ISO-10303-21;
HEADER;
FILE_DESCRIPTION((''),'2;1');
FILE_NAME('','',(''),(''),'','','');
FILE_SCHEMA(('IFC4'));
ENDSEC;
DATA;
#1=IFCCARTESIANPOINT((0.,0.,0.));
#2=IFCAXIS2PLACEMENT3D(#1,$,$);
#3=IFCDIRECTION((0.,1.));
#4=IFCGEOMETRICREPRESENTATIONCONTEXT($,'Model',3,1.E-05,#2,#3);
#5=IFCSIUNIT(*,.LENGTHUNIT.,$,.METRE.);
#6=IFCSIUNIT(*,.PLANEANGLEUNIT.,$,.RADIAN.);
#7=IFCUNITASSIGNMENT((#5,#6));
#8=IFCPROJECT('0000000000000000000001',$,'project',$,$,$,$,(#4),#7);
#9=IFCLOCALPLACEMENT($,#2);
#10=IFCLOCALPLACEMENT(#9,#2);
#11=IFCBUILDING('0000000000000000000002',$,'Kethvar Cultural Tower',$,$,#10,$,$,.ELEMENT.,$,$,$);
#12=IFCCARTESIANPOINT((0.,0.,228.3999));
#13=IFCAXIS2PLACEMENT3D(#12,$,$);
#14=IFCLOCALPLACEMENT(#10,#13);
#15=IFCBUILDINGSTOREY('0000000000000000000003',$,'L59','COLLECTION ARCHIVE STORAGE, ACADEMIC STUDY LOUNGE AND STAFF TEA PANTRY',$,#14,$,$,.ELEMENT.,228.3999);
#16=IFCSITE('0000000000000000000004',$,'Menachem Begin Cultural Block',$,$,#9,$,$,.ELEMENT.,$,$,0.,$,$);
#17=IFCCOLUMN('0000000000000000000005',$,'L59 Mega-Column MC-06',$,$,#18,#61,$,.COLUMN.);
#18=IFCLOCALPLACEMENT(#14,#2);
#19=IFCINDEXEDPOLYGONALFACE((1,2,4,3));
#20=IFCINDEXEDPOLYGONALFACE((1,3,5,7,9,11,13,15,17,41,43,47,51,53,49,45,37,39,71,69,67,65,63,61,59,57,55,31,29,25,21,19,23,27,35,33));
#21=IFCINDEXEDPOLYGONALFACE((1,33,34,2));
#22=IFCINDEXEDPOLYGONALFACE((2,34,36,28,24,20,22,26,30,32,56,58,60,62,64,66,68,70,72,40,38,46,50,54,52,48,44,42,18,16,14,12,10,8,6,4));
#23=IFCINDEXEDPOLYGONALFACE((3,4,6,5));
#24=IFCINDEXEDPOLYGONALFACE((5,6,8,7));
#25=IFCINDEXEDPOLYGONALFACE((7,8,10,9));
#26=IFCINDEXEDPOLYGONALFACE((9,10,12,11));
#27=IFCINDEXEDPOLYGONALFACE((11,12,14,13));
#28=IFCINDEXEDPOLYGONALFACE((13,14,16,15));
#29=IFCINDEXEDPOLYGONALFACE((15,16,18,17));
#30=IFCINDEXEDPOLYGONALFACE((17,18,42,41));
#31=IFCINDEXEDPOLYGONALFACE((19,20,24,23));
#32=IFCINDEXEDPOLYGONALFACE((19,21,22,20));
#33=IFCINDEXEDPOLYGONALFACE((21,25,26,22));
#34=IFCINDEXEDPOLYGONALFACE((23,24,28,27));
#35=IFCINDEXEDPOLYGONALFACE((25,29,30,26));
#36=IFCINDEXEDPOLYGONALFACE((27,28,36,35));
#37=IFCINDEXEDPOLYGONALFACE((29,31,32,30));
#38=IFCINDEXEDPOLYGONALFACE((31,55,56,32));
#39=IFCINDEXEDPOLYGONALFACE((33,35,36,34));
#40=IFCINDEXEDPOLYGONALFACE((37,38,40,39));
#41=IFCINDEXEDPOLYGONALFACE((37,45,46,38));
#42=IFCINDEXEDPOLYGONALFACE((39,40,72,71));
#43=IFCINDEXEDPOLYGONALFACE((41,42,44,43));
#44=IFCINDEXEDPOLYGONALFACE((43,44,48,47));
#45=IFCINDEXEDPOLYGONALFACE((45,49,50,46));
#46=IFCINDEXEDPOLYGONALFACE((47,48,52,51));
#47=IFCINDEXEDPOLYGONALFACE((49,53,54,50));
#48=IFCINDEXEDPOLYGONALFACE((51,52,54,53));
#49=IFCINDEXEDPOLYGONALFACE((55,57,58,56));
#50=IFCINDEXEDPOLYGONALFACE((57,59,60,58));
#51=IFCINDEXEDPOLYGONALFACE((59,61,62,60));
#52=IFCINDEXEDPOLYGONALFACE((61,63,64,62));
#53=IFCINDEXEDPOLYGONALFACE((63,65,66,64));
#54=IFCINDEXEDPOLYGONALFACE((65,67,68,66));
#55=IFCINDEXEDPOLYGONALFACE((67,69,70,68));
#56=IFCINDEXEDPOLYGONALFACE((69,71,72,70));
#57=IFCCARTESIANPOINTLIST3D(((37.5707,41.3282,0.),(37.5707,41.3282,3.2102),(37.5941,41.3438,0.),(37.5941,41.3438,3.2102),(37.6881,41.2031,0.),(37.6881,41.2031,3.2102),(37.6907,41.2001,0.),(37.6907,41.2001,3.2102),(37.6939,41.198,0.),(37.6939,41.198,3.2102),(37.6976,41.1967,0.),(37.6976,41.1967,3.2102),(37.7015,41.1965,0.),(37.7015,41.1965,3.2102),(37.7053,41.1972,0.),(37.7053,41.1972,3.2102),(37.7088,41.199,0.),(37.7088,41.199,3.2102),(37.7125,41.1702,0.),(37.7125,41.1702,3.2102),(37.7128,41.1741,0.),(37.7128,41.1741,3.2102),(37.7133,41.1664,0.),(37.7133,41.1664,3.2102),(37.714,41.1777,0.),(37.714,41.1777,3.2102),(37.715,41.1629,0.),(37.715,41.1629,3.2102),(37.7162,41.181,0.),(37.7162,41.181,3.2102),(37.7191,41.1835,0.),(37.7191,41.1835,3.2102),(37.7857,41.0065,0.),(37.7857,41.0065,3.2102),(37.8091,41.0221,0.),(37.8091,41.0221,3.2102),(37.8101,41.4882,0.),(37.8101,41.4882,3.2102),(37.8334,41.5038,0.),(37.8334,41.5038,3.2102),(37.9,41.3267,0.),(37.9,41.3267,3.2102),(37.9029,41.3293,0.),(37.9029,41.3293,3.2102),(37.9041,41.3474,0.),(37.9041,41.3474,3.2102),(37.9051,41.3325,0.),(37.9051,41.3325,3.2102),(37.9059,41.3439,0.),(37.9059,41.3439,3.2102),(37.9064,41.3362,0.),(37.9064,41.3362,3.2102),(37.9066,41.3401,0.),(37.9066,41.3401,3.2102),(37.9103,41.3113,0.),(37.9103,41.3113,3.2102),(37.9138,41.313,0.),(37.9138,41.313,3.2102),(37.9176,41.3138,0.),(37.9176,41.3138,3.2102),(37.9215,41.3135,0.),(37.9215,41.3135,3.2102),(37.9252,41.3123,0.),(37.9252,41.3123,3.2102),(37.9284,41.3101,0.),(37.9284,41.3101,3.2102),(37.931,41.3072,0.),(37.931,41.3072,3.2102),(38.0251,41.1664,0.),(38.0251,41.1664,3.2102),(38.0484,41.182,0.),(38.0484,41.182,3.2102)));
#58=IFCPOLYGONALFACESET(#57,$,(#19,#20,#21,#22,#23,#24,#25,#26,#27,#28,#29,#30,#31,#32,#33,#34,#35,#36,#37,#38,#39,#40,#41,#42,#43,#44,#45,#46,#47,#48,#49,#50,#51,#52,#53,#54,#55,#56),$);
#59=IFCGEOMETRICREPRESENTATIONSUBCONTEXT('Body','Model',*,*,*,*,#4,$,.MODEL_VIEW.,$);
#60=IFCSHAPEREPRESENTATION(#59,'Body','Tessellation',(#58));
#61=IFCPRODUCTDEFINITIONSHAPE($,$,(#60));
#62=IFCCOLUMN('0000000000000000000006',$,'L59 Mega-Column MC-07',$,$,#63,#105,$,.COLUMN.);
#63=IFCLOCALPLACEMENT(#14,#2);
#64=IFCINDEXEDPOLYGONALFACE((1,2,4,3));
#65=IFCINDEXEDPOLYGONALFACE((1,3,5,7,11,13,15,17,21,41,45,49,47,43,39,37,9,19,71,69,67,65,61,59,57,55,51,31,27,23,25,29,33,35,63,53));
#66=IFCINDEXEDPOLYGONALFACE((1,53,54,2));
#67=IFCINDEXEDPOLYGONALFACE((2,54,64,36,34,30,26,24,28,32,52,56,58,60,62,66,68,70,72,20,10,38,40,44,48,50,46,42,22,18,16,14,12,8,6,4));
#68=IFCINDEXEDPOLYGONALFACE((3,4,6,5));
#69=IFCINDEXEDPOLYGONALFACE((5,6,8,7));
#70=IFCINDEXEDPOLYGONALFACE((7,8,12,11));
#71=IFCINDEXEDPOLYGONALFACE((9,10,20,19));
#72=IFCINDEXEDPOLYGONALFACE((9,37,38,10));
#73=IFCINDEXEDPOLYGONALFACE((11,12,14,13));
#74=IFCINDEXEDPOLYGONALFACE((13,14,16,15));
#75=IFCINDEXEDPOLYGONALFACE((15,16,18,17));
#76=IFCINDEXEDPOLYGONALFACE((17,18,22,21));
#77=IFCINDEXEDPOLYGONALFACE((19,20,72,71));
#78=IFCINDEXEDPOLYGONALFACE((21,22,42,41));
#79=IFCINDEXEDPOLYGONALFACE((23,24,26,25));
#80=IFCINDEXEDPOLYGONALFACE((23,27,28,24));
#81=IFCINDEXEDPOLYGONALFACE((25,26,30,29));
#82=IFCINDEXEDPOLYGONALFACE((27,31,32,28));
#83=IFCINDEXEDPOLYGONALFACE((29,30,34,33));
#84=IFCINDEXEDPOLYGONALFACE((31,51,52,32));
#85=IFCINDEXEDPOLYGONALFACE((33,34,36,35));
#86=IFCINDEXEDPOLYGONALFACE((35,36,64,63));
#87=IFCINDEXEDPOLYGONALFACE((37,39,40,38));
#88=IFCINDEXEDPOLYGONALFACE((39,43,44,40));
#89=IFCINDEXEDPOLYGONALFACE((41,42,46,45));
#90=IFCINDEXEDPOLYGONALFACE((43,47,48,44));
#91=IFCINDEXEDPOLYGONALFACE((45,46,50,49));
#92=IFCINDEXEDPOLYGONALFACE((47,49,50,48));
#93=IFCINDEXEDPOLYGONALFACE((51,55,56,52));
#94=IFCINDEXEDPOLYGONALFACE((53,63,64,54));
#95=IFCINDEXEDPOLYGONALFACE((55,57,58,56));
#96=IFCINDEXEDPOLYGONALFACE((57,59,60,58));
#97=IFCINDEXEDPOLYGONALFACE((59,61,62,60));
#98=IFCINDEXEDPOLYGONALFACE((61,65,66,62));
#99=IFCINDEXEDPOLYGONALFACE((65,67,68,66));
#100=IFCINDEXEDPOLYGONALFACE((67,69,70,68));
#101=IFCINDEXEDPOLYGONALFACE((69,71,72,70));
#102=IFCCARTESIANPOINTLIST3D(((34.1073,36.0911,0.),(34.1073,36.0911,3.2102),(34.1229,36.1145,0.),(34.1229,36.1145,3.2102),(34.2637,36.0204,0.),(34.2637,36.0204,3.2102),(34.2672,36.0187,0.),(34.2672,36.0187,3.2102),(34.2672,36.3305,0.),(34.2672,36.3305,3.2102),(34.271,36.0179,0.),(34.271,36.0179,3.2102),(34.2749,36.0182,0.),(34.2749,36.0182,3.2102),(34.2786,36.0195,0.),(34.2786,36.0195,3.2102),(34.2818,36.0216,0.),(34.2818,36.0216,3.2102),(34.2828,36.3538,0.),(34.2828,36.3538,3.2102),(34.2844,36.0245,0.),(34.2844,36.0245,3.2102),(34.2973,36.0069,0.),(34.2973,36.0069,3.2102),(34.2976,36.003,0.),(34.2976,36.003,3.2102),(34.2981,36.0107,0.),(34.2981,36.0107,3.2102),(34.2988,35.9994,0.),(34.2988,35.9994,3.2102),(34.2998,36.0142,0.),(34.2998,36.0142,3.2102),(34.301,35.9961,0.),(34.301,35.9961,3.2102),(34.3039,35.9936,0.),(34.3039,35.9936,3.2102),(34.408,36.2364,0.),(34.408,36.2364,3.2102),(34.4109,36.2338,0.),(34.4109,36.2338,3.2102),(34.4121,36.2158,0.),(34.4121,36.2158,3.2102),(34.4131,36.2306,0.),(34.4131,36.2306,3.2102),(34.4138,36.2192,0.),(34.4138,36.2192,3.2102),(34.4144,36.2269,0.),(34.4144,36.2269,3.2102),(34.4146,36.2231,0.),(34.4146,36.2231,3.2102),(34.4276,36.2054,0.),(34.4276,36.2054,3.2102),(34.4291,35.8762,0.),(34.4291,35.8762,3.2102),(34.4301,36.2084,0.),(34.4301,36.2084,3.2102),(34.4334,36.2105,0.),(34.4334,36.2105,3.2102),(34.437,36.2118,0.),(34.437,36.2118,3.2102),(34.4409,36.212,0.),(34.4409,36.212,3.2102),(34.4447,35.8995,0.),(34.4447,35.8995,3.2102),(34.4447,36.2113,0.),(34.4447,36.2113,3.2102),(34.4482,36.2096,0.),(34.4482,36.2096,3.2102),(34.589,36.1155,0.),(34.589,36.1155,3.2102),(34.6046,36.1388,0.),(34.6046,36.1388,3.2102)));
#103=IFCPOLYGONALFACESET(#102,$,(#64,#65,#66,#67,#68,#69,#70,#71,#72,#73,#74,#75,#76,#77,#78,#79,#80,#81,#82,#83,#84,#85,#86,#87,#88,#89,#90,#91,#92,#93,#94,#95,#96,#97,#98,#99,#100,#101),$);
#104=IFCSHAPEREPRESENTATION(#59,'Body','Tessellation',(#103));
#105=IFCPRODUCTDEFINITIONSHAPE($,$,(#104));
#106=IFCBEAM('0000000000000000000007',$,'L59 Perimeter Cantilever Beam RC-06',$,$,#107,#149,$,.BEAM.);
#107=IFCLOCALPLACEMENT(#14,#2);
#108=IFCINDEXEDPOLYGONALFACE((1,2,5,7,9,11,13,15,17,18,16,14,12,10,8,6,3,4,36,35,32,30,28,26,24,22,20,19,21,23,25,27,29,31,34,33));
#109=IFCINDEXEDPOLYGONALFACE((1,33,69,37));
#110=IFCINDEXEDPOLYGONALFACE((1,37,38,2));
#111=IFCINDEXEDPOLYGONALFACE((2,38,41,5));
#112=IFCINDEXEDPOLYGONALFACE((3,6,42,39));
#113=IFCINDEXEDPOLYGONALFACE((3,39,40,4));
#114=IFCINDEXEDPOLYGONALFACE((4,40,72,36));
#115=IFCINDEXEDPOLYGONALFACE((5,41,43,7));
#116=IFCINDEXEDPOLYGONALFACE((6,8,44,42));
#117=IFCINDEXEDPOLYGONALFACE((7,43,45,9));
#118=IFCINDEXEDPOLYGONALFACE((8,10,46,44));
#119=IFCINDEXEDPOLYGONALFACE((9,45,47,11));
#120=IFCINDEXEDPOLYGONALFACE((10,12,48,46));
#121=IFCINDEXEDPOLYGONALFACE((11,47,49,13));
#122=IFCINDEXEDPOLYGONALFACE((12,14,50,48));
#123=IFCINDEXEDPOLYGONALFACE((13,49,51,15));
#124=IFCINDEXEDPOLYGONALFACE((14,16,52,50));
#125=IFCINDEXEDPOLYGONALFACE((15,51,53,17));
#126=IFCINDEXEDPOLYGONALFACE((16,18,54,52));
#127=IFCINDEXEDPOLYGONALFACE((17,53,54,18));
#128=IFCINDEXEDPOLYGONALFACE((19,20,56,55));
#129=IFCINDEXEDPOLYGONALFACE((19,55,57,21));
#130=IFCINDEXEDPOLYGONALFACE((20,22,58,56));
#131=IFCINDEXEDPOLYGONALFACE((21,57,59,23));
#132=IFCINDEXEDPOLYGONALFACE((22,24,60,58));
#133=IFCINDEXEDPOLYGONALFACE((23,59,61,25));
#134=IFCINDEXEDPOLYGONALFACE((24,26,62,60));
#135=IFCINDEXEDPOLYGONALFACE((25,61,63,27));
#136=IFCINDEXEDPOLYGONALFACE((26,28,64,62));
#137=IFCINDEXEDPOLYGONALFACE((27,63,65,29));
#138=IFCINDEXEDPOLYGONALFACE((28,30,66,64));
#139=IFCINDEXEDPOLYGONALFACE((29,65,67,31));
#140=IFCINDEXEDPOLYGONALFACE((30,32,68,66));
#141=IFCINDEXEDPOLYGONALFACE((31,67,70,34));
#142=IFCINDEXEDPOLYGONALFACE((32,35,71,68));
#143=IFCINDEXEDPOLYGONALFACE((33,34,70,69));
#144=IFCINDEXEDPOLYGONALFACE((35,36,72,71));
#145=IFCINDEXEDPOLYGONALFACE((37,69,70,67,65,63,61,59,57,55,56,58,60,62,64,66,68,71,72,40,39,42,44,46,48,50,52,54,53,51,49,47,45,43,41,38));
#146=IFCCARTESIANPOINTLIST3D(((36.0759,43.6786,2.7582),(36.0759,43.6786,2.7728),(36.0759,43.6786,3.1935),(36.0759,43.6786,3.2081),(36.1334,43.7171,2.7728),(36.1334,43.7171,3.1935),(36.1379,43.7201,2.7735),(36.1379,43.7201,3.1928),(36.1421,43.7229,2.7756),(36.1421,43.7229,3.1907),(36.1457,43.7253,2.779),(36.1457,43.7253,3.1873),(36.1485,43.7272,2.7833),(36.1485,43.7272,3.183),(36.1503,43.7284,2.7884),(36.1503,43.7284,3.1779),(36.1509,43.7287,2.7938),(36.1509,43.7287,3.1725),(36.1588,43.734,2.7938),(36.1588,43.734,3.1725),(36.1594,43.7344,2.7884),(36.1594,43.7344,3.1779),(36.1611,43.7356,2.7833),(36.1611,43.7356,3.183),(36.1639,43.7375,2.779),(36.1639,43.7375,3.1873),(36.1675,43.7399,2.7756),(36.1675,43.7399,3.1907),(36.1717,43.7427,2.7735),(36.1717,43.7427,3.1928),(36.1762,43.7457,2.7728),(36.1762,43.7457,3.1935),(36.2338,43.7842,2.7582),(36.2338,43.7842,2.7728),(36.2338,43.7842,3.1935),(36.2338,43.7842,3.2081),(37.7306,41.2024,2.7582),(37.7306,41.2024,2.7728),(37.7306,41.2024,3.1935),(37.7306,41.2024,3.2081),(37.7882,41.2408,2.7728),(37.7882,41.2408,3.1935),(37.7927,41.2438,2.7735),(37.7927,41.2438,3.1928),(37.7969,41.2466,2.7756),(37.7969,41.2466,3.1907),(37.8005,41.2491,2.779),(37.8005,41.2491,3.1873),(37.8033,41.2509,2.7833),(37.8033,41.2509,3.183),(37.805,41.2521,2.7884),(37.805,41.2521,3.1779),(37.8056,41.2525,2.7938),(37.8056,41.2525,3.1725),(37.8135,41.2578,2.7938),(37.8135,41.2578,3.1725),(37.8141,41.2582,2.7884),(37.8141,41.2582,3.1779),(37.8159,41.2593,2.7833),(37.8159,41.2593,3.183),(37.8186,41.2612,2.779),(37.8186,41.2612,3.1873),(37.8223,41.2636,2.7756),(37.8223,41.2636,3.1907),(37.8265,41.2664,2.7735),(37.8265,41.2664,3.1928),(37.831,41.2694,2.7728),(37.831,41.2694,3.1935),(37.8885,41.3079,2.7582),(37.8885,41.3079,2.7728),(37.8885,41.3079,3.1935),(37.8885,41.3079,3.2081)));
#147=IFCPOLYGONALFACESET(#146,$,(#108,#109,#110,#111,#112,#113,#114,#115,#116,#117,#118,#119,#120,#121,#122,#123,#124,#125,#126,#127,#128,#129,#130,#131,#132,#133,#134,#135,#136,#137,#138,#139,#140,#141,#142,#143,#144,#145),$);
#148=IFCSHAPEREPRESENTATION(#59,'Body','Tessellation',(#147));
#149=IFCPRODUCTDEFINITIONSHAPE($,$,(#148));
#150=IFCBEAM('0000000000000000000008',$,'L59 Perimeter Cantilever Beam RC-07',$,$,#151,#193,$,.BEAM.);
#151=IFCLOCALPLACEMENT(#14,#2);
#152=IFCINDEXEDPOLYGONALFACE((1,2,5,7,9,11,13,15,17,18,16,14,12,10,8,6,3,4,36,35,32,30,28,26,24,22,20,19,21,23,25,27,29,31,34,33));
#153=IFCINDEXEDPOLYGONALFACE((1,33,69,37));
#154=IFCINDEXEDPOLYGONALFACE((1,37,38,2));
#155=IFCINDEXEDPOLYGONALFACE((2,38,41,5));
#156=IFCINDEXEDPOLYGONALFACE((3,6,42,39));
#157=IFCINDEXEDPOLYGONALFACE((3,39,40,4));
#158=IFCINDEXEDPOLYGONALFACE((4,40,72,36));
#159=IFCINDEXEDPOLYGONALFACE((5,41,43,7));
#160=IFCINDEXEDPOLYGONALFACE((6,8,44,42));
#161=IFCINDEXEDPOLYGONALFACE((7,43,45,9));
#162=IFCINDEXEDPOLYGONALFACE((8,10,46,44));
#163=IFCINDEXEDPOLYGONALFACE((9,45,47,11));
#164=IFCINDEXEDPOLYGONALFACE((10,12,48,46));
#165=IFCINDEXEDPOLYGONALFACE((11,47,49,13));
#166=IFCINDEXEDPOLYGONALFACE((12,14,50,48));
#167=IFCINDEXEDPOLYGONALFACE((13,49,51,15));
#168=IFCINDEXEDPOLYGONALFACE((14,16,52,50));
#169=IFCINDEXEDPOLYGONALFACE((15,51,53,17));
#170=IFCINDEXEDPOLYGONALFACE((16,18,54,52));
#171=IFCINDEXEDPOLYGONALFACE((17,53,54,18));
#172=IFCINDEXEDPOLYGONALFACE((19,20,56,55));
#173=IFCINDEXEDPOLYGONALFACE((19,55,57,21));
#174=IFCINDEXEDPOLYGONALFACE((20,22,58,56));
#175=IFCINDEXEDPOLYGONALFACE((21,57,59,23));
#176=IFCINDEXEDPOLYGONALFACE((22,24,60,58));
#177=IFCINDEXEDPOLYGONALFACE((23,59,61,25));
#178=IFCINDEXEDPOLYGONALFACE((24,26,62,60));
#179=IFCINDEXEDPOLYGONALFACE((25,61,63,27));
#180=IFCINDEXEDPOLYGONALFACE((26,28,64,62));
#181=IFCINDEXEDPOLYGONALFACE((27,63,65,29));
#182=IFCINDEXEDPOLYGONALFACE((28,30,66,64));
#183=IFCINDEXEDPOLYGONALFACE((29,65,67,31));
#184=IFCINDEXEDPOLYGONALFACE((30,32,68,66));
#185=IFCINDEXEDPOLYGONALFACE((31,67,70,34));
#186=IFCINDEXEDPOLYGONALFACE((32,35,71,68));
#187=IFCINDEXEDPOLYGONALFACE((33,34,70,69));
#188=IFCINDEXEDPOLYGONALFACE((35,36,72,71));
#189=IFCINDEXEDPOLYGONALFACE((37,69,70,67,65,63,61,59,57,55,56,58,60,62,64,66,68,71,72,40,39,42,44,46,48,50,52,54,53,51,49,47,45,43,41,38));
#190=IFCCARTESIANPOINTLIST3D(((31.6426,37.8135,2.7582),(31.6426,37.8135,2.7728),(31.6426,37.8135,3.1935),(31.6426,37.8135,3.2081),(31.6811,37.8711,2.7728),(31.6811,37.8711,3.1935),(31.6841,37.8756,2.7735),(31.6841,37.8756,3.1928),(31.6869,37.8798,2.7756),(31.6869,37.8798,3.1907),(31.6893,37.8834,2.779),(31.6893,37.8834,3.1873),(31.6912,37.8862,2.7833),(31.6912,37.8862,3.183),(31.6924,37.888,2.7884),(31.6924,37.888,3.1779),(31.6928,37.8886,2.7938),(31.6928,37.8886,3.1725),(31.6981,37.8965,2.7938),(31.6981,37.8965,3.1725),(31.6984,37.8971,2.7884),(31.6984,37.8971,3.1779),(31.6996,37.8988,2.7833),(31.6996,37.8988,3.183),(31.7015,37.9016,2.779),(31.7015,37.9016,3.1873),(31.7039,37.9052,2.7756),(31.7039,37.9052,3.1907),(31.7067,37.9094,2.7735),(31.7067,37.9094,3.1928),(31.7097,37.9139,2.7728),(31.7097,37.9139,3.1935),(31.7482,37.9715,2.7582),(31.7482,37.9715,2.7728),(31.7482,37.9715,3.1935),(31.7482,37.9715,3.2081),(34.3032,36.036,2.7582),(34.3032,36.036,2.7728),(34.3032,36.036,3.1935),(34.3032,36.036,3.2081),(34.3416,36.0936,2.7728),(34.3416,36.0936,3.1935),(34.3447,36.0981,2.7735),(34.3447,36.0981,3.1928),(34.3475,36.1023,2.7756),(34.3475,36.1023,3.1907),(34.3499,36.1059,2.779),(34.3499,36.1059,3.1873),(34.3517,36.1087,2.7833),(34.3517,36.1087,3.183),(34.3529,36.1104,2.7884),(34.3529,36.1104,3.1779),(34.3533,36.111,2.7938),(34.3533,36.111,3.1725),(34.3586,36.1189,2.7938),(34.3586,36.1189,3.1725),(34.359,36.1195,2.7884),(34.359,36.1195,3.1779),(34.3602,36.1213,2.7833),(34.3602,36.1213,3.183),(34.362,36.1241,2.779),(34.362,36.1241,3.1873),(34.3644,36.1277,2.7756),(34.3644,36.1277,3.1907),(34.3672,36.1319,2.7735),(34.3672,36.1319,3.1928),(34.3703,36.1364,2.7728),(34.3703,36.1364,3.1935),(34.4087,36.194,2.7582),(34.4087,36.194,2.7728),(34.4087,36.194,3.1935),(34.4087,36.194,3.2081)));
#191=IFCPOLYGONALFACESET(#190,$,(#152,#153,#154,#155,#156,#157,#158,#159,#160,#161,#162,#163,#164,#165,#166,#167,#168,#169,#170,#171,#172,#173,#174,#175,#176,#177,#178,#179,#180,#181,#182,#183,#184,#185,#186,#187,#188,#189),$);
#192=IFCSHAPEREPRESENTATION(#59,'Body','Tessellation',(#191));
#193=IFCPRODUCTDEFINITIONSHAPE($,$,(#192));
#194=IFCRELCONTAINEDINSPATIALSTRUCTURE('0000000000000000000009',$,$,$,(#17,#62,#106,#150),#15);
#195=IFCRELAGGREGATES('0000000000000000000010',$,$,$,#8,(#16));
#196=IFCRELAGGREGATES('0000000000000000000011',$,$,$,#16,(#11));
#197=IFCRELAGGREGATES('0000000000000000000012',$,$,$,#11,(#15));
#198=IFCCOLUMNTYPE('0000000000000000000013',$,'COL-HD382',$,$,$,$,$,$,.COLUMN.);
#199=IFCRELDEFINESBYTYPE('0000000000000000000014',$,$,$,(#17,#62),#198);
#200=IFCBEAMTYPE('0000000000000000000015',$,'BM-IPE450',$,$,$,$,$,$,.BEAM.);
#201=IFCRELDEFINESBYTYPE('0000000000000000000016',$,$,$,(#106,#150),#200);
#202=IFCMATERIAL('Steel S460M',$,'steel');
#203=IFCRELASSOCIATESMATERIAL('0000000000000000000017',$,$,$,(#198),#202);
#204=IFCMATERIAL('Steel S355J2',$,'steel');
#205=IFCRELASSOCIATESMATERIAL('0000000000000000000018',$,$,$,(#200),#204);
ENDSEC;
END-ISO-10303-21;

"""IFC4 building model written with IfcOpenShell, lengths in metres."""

from ifc_helpers import new_model, si_unit, direction, frame, origin, origin_2d, place, context, subcontext, project, spatial, i_section, extrude, source, transform, mapped, material, material_profile, profile_set, type_object, element, save


model = new_model("IFC4")

# Units and contexts
model_context = context("Model", 3, precision=1e-05, world=origin(), true_north=direction((0.0, 1.0)))
body_context = subcontext(model_context, "Body", "Model", "MODEL_VIEW")
ifc_project = project(units=[si_unit("LENGTHUNIT", "METRE"), si_unit("PLANEANGLEUNIT", "RADIAN")], contexts=[model_context])

# Site, building, storey
site_placement = place(None, origin())
site = spatial("IfcSite", under=ifc_project, at=site_placement, Name="Menachem Begin Cultural Block", CompositionType="ELEMENT", RefElevation=0.0)
building_placement = place(site_placement, origin())
building = spatial("IfcBuilding", under=site, at=building_placement, Name="Kethvar Cultural Tower", CompositionType="ELEMENT")
storey_placement = place(building_placement, frame((0.0, 0.0, 228.3999)))
storey = spatial("IfcBuildingStorey", under=building, at=storey_placement, Name="L59", Description="COLLECTION ARCHIVE STORAGE, ACADEMIC STUDY LOUNGE AND STAFF TEA PANTRY", CompositionType="ELEMENT", Elevation=228.3999)

# Columns
ifc_material_1 = material(Name="Steel S460M", Category="steel")
ifc_material_profile_1 = material_profile(ifc_material_1, i_section(OverallWidth=0.387, OverallDepth=0.3159, WebThickness=0.0186, FlangeThickness=0.0281, FilletRadius=0.0149, at=origin_2d()), Name="Steel S460M — HD400x382")
ifc_profile_set_1 = profile_set([ifc_material_profile_1], Name="Steel S460M — HD400x382")
column_type = type_object("IfcColumnType", Name="COL-HD382", PredefinedType="COLUMN", material=ifc_profile_set_1)
shared_shape_1 = source(origin(), body_context, "Body", "SweptSolid", [
    extrude(i_section(OverallWidth=0.387, OverallDepth=0.3159, WebThickness=0.0186, FlangeThickness=0.0281, FilletRadius=0.0149, at=origin_2d()), origin(), (0.0, 0.0, 1.0), 3.2102),
])
for number, where, z_axis, x_axis, name in (
    (1, (37.8096, 41.2551, 0.0), (0.0, 0.0, 1.0), (-0.55557, 0.83147, 0.0), "L59 Mega-Column MC-06"),
    (2, (34.356, 36.115, 0.0), (0.0, 0.0, 1.0), (-0.83147, 0.55557, 0.0), "L59 Mega-Column MC-07"),
):
    element("IfcColumn", number, at=place(storey_placement, frame(where, z_axis=z_axis, x_axis=x_axis)), inside=storey, type_object=column_type, Name=name, PredefinedType="COLUMN", context=body_context, shape_type="MappedRepresentation", body=[
        mapped(shared_shape_1, transform((0.0, 0.0, 0.0), scale=1.0)),
    ])

# Beams
ifc_material_2 = material(Name="Steel S355J2", Category="steel")
ifc_material_profile_2 = material_profile(ifc_material_2, i_section(OverallWidth=0.1899, OverallDepth=0.45, WebThickness=0.0095, FlangeThickness=0.0146, FilletRadius=0.021, at=origin_2d()), Name="Steel S355J2 — IPE450")
ifc_profile_set_2 = profile_set([ifc_material_profile_2], Name="Steel S355J2 — IPE450")
beam_type_1 = type_object("IfcBeamType", Name="BM-IPE450", PredefinedType="BEAM", material=ifc_profile_set_2)
shared_shape_2 = source(origin(), body_context, "Body", "SweptSolid", [
    extrude(i_section(OverallWidth=0.1899, OverallDepth=0.45, WebThickness=0.0095, FlangeThickness=0.0146, FilletRadius=0.021, at=origin_2d()), origin(), (0.0, 0.0, 1.0), 2.9783),
])
beam_1_placement = place(storey_placement, frame((37.8096, 41.2551, 2.9832), z_axis=(-0.555608, 0.831444, 0.0), x_axis=(-0.831444, -0.555608, 0.0)))
element("IfcBeam", 3, at=beam_1_placement, inside=storey, type_object=beam_type_1, Name="L59 Perimeter Cantilever Beam RC-06", PredefinedType="BEAM", context=body_context, shape_type="MappedRepresentation", body=[
    mapped(shared_shape_2, transform((0.0, 0.0, 0.0), scale=1.0)),
])
shared_shape_3 = source(origin(), body_context, "Body", "SweptSolid", [
    extrude(i_section(OverallWidth=0.1899, OverallDepth=0.45, WebThickness=0.0095, FlangeThickness=0.0146, FilletRadius=0.021, at=origin_2d()), origin(), (0.0, 0.0, 1.0), 3.1997),
])
beam_2_placement = place(storey_placement, frame((34.356, 36.115, 2.9832), z_axis=(-0.831498, 0.555527, 0.0), x_axis=(-0.555527, -0.831498, 0.0)))
element("IfcBeam", 4, at=beam_2_placement, inside=storey, type_object=beam_type_1, Name="L59 Perimeter Cantilever Beam RC-07", PredefinedType="BEAM", context=body_context, shape_type="MappedRepresentation", body=[
    mapped(shared_shape_3, transform((0.0, 0.0, 0.0), scale=1.0)),
])

save(model, "model.ifc")
